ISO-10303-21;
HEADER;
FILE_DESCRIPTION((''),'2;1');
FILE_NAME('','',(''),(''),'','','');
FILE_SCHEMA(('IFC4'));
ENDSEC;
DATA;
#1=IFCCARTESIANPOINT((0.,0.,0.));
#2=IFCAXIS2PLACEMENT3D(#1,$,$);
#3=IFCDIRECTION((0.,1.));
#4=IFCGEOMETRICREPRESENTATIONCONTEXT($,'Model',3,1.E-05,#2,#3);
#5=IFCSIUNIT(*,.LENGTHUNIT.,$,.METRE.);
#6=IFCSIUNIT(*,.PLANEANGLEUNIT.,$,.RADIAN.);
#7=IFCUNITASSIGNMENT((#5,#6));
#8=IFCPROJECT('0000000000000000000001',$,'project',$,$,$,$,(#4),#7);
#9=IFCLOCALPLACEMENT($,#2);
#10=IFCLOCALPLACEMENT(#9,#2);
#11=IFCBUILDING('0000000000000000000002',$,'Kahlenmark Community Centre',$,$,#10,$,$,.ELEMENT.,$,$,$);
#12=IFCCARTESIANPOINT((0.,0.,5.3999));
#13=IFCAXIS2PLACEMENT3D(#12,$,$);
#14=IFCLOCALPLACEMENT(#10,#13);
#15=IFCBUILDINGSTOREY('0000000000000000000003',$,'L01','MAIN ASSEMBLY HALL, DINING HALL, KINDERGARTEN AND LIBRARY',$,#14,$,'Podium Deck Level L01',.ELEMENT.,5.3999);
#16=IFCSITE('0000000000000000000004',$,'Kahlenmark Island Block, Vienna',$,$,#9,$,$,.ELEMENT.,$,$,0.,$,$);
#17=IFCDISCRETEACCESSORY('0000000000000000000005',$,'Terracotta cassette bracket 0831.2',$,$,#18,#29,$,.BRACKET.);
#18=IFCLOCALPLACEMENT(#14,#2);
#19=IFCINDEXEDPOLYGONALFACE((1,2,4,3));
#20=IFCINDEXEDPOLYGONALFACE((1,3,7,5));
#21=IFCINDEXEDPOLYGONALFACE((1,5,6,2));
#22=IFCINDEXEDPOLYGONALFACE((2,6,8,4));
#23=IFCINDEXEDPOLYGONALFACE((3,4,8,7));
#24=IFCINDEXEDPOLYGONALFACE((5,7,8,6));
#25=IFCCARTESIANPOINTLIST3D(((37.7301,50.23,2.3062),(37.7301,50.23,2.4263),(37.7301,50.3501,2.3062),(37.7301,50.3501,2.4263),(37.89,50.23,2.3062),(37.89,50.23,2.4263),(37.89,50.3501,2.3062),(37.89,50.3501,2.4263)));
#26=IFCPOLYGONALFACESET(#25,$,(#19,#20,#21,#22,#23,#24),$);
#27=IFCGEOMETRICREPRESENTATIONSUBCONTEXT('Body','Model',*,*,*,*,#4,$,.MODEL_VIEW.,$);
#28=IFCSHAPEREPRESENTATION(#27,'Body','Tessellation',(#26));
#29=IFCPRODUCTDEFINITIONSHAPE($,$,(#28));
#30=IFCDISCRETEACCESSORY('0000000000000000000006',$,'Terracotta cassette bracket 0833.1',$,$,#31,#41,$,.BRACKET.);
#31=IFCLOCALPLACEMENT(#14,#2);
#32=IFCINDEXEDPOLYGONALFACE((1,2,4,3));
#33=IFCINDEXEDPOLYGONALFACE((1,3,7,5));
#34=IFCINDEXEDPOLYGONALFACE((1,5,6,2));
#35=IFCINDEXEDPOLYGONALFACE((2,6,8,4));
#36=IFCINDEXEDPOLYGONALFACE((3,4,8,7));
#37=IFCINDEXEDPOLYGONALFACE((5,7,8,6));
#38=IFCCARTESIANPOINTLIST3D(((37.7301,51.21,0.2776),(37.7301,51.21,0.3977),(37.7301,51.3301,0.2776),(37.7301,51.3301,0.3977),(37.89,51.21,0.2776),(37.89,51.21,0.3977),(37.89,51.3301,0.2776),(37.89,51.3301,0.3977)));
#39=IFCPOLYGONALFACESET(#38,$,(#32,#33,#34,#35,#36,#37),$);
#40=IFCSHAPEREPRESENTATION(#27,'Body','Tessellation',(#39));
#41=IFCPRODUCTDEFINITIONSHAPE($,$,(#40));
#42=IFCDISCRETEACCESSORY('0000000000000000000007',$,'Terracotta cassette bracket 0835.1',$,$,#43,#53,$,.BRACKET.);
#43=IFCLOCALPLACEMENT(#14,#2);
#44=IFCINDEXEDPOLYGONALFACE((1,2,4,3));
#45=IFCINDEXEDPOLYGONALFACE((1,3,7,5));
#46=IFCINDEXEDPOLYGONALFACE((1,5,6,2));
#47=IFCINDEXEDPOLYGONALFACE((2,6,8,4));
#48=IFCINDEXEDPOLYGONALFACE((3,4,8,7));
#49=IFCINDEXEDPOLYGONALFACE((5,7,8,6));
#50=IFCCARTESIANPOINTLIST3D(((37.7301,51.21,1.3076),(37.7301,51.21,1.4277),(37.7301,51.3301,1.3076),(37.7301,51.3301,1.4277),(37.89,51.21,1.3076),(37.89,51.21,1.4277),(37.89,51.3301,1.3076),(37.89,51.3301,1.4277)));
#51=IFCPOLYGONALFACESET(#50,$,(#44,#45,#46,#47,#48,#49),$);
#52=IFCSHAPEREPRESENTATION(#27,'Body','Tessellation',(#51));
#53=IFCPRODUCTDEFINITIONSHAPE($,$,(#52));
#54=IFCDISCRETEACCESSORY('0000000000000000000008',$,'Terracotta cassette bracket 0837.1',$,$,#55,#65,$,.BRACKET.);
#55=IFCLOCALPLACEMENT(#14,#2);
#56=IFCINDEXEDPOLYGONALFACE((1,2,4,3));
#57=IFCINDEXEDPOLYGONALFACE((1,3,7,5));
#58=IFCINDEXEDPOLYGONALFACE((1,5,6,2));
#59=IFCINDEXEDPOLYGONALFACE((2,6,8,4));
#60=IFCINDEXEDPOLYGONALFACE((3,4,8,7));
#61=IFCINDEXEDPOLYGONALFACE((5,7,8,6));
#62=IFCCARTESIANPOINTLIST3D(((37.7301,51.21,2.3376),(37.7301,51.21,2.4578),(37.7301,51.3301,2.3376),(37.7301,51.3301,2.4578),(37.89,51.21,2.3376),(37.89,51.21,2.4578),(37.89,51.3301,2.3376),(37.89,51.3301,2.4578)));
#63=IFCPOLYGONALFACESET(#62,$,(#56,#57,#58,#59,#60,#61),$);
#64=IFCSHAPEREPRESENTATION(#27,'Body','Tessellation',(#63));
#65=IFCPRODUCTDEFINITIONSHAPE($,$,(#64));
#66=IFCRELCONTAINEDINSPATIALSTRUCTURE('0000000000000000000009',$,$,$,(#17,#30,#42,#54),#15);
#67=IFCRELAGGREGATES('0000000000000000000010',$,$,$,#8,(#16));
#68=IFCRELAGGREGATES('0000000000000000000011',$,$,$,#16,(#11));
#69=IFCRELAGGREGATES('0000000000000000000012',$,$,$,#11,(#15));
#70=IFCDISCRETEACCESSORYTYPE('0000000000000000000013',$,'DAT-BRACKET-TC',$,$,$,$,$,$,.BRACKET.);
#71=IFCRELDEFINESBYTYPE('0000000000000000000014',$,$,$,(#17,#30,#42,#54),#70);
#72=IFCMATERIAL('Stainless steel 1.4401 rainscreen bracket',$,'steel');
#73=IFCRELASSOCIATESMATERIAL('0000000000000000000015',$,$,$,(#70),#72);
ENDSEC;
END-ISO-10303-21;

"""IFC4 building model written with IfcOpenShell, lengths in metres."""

from ifc_helpers import new_model, si_unit, direction, frame, origin, origin_2d, place, context, subcontext, project, spatial, rectangle, extrude, material, type_object, element, save


model = new_model("IFC4")

# Units and contexts
model_context = context("Model", 3, precision=1e-05, world=origin(), true_north=direction((0.0, 1.0)))
body_context = subcontext(model_context, "Body", "Model", "MODEL_VIEW")
ifc_project = project(units=[si_unit("LENGTHUNIT", "METRE"), si_unit("PLANEANGLEUNIT", "RADIAN")], contexts=[model_context])

# Site, building, storey
site_placement = place(None, origin())
site = spatial("IfcSite", under=ifc_project, at=site_placement, Name="Kahlenmark Island Block, Vienna", CompositionType="ELEMENT", RefElevation=0.0)
building_placement = place(site_placement, origin())
building = spatial("IfcBuilding", under=site, at=building_placement, Name="Kahlenmark Community Centre", CompositionType="ELEMENT")
storey_placement = place(building_placement, frame((0.0, 0.0, 5.3999)))
storey = spatial("IfcBuildingStorey", under=building, at=storey_placement, Name="L01", Description="MAIN ASSEMBLY HALL, DINING HALL, KINDERGARTEN AND LIBRARY", LongName="Podium Deck Level L01", CompositionType="ELEMENT", Elevation=5.3999)

# Discrete accessories
ifc_material_1 = material(Name="Stainless steel 1.4401 rainscreen bracket", Category="steel")
discrete_accessory_type = type_object("IfcDiscreteAccessoryType", Name="DAT-BRACKET-TC", PredefinedType="BRACKET", material=ifc_material_1)
for number, where, z_axis, x_axis, name in (
    (1, (37.8101, 50.29, 2.3062), (0.0, 0.0, 1.0), (0.0, 1.0, 0.0), "Terracotta cassette bracket 0831.2"),
    (2, (37.8101, 51.27, 0.2776), (0.0, 0.0, 1.0), (0.0, 1.0, 0.0), "Terracotta cassette bracket 0833.1"),
    (3, (37.8101, 51.27, 1.3076), (0.0, 0.0, 1.0), (0.0, 1.0, 0.0), "Terracotta cassette bracket 0835.1"),
    (4, (37.8101, 51.27, 2.3376), (0.0, 0.0, 1.0), (0.0, 1.0, 0.0), "Terracotta cassette bracket 0837.1"),
):
    element("IfcDiscreteAccessory", number, at=place(storey_placement, frame(where, z_axis=z_axis, x_axis=x_axis)), inside=storey, type_object=discrete_accessory_type, Name=name, PredefinedType="BRACKET", context=body_context, shape_type="SweptSolid", body=[
        extrude(rectangle(XDim=0.1201, YDim=0.1599, at=origin_2d()), origin(), (0.0, 0.0, 1.0), 0.1201),
    ])

save(model, "model.ifc")
